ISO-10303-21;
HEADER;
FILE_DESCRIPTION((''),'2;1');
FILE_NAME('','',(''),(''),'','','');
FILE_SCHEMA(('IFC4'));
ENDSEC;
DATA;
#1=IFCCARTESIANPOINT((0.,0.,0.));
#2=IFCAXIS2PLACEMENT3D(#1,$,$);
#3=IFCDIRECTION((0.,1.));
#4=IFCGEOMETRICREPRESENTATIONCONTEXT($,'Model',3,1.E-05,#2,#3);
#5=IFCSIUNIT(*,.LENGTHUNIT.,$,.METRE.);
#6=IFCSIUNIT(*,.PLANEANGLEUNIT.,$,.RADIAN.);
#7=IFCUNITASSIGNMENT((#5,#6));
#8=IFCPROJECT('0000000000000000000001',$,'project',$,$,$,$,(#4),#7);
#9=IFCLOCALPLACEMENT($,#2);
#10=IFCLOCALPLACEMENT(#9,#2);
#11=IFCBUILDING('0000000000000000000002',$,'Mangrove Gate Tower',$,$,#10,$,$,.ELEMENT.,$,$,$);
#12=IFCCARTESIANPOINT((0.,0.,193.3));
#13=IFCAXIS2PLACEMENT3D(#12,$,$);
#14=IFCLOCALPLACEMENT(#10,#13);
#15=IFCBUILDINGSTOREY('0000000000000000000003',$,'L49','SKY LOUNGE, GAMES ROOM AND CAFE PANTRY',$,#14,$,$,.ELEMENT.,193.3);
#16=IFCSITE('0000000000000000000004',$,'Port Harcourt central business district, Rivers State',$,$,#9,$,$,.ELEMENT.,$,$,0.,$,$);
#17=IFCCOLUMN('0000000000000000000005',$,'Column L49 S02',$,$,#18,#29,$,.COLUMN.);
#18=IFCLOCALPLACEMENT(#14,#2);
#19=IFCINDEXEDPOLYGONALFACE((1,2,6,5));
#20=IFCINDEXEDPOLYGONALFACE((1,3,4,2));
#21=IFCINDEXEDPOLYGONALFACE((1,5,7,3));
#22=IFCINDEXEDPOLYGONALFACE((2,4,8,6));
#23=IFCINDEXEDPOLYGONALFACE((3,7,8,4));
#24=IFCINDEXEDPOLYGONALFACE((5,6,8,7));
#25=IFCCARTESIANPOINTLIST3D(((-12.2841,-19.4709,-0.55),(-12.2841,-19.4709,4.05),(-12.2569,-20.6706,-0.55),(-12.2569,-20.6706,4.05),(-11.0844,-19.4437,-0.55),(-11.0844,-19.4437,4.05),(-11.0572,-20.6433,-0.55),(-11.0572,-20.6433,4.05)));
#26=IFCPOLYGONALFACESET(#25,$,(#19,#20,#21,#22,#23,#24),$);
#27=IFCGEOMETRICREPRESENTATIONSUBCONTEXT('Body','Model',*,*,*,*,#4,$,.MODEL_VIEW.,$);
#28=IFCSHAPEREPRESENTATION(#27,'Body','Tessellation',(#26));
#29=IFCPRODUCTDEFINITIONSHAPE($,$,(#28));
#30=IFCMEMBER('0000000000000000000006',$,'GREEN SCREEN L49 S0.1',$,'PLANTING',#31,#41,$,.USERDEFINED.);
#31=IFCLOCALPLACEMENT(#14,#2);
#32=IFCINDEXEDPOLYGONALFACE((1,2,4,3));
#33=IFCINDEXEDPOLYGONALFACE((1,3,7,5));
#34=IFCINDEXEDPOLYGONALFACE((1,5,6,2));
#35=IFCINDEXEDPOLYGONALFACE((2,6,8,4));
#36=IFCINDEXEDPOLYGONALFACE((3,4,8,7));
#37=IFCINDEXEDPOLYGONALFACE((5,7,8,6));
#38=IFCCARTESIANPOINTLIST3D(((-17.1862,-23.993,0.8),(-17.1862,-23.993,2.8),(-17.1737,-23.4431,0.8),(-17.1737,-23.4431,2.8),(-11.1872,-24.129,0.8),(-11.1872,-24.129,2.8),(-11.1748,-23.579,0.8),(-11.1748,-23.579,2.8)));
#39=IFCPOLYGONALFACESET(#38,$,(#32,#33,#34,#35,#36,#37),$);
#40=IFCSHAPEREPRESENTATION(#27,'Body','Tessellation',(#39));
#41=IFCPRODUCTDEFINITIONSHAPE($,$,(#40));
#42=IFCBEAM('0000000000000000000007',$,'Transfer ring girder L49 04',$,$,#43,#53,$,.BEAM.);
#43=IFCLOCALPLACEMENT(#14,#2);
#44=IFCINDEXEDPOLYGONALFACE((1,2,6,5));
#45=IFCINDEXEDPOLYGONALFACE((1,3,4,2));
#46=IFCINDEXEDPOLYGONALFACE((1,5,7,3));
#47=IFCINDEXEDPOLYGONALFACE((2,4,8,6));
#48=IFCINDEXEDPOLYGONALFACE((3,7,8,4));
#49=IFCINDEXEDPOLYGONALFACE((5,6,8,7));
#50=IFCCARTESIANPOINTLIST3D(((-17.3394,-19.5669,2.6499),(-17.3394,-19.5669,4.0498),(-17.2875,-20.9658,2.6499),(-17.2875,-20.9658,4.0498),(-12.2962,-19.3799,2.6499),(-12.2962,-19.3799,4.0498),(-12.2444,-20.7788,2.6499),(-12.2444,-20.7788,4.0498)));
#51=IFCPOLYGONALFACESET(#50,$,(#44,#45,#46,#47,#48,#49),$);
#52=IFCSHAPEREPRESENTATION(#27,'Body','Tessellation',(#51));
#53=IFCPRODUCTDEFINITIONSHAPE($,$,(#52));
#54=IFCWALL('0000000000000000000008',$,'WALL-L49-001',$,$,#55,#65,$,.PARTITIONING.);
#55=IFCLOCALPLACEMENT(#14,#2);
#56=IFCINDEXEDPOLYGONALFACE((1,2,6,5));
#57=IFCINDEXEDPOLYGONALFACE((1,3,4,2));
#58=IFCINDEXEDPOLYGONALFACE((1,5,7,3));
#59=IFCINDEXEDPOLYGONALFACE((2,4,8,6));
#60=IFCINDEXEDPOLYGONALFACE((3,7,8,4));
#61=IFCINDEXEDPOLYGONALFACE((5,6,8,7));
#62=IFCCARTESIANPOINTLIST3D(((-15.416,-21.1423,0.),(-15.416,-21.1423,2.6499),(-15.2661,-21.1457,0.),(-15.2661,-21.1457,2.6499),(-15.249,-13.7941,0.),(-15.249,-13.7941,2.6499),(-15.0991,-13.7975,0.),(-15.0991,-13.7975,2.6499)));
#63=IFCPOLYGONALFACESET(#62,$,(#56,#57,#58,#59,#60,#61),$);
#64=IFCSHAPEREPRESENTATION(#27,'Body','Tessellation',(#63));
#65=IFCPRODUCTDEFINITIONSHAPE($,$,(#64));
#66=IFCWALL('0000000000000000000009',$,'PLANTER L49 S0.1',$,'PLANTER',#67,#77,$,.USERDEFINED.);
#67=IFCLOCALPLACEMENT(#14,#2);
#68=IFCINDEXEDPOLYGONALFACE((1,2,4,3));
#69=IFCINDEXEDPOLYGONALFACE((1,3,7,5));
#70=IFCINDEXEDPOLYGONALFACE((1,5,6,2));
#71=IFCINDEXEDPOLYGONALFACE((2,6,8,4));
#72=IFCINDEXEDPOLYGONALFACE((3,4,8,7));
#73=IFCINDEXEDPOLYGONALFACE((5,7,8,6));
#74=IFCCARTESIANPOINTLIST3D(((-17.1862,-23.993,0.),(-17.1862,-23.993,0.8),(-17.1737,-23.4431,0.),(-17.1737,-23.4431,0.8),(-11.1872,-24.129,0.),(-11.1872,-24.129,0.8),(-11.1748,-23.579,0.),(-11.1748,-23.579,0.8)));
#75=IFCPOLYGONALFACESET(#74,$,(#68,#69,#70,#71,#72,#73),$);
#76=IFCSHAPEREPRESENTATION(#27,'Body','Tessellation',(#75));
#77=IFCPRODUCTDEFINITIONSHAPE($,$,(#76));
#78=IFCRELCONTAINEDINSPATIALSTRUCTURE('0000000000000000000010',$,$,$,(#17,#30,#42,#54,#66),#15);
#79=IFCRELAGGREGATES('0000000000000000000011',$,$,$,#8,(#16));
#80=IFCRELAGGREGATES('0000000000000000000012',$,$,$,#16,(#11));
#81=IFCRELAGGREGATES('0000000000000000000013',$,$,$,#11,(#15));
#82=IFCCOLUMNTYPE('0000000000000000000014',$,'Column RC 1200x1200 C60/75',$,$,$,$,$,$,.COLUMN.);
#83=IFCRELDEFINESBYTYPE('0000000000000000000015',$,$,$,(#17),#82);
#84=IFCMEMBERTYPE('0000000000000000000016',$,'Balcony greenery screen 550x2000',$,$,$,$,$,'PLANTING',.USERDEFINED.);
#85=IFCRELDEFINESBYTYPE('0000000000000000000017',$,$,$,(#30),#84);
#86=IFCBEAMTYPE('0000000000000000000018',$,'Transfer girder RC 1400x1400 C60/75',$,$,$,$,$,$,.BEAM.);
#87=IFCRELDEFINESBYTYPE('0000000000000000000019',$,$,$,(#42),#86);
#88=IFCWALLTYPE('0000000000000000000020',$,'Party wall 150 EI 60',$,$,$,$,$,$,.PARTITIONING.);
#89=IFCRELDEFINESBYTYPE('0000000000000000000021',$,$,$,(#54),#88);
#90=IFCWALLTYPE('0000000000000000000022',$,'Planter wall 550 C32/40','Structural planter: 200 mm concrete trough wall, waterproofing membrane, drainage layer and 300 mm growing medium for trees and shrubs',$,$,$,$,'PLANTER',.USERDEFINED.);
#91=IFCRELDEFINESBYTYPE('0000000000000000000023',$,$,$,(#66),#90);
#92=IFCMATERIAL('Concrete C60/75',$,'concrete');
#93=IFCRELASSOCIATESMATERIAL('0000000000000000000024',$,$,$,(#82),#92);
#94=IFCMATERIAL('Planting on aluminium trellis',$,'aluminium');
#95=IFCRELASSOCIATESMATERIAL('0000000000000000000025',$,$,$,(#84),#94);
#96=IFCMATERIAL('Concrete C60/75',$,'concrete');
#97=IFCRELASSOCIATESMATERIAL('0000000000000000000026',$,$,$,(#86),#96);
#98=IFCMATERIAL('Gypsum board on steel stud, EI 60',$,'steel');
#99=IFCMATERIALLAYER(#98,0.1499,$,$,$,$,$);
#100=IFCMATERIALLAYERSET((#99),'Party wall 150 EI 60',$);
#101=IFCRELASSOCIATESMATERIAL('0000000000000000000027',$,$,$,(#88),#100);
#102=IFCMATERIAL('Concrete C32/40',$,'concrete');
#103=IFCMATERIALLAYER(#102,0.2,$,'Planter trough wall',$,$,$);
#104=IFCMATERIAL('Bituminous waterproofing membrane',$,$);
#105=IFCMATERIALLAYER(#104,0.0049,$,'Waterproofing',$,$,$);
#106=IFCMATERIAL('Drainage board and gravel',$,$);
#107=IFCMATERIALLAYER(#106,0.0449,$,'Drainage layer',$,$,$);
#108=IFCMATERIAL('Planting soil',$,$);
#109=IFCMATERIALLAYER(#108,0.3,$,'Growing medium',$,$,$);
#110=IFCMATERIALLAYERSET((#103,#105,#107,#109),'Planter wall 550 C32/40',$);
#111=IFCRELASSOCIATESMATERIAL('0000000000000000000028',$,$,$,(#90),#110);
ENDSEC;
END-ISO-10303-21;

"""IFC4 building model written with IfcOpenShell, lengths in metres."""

from ifc_helpers import new_model, si_unit, direction, frame, frame_2d, origin, origin_2d, place, context, subcontext, project, spatial, rectangle, extrude, material, layer, layer_set, material_profile, profile_set, type_object, element, save


model = new_model("IFC4")

# Units and contexts
model_context = context("Model", 3, precision=1e-05, world=origin(), true_north=direction((0.0, 1.0)))
body_context = subcontext(model_context, "Body", "Model", "MODEL_VIEW")
ifc_project = project(units=[si_unit("LENGTHUNIT", "METRE"), si_unit("PLANEANGLEUNIT", "RADIAN")], contexts=[model_context])

# Site, building, storey
site_placement = place(None, origin())
site = spatial("IfcSite", under=ifc_project, at=site_placement, Name="Port Harcourt central business district, Rivers State", CompositionType="ELEMENT", RefElevation=0.0)
building_placement = place(site_placement, origin())
building = spatial("IfcBuilding", under=site, at=building_placement, Name="Mangrove Gate Tower", CompositionType="ELEMENT")
storey_placement = place(building_placement, frame((0.0, 0.0, 193.3)))
storey = spatial("IfcBuildingStorey", under=building, at=storey_placement, Name="L49", Description="SKY LOUNGE, GAMES ROOM AND CAFE PANTRY", CompositionType="ELEMENT", Elevation=193.3)

# Column
ifc_material_1 = material(Name="Concrete C60/75", Category="concrete")
ifc_material_profile_1 = material_profile(ifc_material_1, rectangle(XDim=1.2, YDim=1.2, at=origin_2d()))
ifc_profile_set_1 = profile_set([ifc_material_profile_1], Name="Concrete C60/75")
column_type = type_object("IfcColumnType", Name="Column RC 1200x1200 C60/75", PredefinedType="COLUMN", material=ifc_profile_set_1)
column_placement = place(storey_placement, frame((-11.6707, -20.0571, -0.55), z_axis=(0.0, 0.0, 1.0), x_axis=(0.999743, 0.022679, 0.0)))
element("IfcColumn", 1, at=column_placement, inside=storey, type_object=column_type, Name="Column L49 S02", PredefinedType="COLUMN", context=body_context, shape_type="SweptSolid", body=[
    extrude(rectangle(XDim=1.2, YDim=1.2, at=origin_2d()), origin(), (0.0, 0.0, 1.0), 4.6001),
])

# Member
ifc_material_2 = material(Name="Planting on aluminium trellis", Category="aluminium")
ifc_material_profile_2 = material_profile(ifc_material_2, rectangle(XDim=0.55, YDim=2.0, at=origin_2d()))
ifc_profile_set_2 = profile_set([ifc_material_profile_2], Name="Planting on aluminium trellis")
member_type = type_object("IfcMemberType", Name="Balcony greenery screen 550x2000", ElementType="PLANTING", PredefinedType="USERDEFINED", material=ifc_profile_set_2)
member_placement = place(storey_placement, frame((-17.1799, -23.718, 1.8), z_axis=(0.999743, -0.022662, 0.0), x_axis=(0.022662, 0.999743, 0.0)))
element("IfcMember", 2, at=member_placement, inside=storey, type_object=member_type, Name="GREEN SCREEN L49 S0.1", ObjectType="PLANTING", PredefinedType="USERDEFINED", context=body_context, shape_type="SweptSolid", body=[
    extrude(rectangle(XDim=0.55, YDim=2.0, at=origin_2d()), origin(), (0.0, 0.0, 1.0), 6.0005),
])

# Beam
ifc_material_3 = material(Name="Concrete C60/75", Category="concrete")
ifc_material_profile_3 = material_profile(ifc_material_3, rectangle(XDim=1.3999, YDim=1.3999, at=origin_2d()))
ifc_profile_set_3 = profile_set([ifc_material_profile_3], Name="Concrete C60/75")
beam_type = type_object("IfcBeamType", Name="Transfer girder RC 1400x1400 C60/75", PredefinedType="BEAM", material=ifc_profile_set_3)
beam_placement = place(storey_placement, frame((-17.3135, -20.2664, 3.3499), z_axis=(0.999313, 0.037056, 0.0), x_axis=(-0.037056, 0.999313, 0.0)))
element("IfcBeam", 3, at=beam_placement, inside=storey, type_object=beam_type, Name="Transfer ring girder L49 04", PredefinedType="BEAM", context=body_context, shape_type="SweptSolid", body=[
    extrude(rectangle(XDim=1.3999, YDim=1.3999, at=origin_2d()), origin(), (0.0, 0.0, 1.0), 5.0466),
])

# Walls
ifc_material_4 = material(Name="Gypsum board on steel stud, EI 60", Category="steel")
ifc_layer_1 = layer(ifc_material_4, 0.1499)
ifc_layer_set_1 = layer_set([ifc_layer_1], Name="Party wall 150 EI 60")
wall_type_1 = type_object("IfcWallType", Name="Party wall 150 EI 60", PredefinedType="PARTITIONING", material=ifc_layer_set_1)
wall_1_placement = place(storey_placement, frame((-15.3411, -21.144, 0.0), z_axis=(0.0, 0.0, 1.0), x_axis=(0.02272, 0.999742, 0.0)))
element("IfcWall", 4, at=wall_1_placement, inside=storey, type_object=wall_type_1, Name="WALL-L49-001", PredefinedType="PARTITIONING", context=body_context, shape_type="SweptSolid", body=[
    extrude(rectangle(XDim=7.3501, YDim=0.1499, at=frame_2d((3.675, 0.0))), origin(), (0.0, 0.0, 1.0), 2.6499),
])
ifc_material_5 = material(Name="Concrete C32/40", Category="concrete")
ifc_layer_2 = layer(ifc_material_5, 0.2, Name="Planter trough wall")
ifc_material_6 = material(Name="Bituminous waterproofing membrane")
ifc_layer_3 = layer(ifc_material_6, 0.0049, Name="Waterproofing")
ifc_material_7 = material(Name="Drainage board and gravel")
ifc_layer_4 = layer(ifc_material_7, 0.0449, Name="Drainage layer")
ifc_material_8 = material(Name="Planting soil")
ifc_layer_5 = layer(ifc_material_8, 0.3, Name="Growing medium")
ifc_layer_set_2 = layer_set([ifc_layer_2, ifc_layer_3, ifc_layer_4, ifc_layer_5], Name="Planter wall 550 C32/40")
wall_type_2 = type_object("IfcWallType", Name="Planter wall 550 C32/40", Description="Structural planter: 200 mm concrete trough wall, waterproofing membrane, drainage layer and 300 mm growing medium for trees and shrubs", ElementType="PLANTER", PredefinedType="USERDEFINED", material=ifc_layer_set_2)
wall_2_placement = place(storey_placement, frame((-17.1799, -23.718, 0.0), z_axis=(0.0, 0.0, 1.0), x_axis=(0.999743, -0.022662, 0.0)))
element("IfcWall", 5, at=wall_2_placement, inside=storey, type_object=wall_type_2, Name="PLANTER L49 S0.1", ObjectType="PLANTER", PredefinedType="USERDEFINED", context=body_context, shape_type="SweptSolid", body=[
    extrude(rectangle(XDim=6.0005, YDim=0.55, at=frame_2d((3.0002, 0.0))), origin(), (0.0, 0.0, 1.0), 0.8),
])

save(model, "model.ifc")
